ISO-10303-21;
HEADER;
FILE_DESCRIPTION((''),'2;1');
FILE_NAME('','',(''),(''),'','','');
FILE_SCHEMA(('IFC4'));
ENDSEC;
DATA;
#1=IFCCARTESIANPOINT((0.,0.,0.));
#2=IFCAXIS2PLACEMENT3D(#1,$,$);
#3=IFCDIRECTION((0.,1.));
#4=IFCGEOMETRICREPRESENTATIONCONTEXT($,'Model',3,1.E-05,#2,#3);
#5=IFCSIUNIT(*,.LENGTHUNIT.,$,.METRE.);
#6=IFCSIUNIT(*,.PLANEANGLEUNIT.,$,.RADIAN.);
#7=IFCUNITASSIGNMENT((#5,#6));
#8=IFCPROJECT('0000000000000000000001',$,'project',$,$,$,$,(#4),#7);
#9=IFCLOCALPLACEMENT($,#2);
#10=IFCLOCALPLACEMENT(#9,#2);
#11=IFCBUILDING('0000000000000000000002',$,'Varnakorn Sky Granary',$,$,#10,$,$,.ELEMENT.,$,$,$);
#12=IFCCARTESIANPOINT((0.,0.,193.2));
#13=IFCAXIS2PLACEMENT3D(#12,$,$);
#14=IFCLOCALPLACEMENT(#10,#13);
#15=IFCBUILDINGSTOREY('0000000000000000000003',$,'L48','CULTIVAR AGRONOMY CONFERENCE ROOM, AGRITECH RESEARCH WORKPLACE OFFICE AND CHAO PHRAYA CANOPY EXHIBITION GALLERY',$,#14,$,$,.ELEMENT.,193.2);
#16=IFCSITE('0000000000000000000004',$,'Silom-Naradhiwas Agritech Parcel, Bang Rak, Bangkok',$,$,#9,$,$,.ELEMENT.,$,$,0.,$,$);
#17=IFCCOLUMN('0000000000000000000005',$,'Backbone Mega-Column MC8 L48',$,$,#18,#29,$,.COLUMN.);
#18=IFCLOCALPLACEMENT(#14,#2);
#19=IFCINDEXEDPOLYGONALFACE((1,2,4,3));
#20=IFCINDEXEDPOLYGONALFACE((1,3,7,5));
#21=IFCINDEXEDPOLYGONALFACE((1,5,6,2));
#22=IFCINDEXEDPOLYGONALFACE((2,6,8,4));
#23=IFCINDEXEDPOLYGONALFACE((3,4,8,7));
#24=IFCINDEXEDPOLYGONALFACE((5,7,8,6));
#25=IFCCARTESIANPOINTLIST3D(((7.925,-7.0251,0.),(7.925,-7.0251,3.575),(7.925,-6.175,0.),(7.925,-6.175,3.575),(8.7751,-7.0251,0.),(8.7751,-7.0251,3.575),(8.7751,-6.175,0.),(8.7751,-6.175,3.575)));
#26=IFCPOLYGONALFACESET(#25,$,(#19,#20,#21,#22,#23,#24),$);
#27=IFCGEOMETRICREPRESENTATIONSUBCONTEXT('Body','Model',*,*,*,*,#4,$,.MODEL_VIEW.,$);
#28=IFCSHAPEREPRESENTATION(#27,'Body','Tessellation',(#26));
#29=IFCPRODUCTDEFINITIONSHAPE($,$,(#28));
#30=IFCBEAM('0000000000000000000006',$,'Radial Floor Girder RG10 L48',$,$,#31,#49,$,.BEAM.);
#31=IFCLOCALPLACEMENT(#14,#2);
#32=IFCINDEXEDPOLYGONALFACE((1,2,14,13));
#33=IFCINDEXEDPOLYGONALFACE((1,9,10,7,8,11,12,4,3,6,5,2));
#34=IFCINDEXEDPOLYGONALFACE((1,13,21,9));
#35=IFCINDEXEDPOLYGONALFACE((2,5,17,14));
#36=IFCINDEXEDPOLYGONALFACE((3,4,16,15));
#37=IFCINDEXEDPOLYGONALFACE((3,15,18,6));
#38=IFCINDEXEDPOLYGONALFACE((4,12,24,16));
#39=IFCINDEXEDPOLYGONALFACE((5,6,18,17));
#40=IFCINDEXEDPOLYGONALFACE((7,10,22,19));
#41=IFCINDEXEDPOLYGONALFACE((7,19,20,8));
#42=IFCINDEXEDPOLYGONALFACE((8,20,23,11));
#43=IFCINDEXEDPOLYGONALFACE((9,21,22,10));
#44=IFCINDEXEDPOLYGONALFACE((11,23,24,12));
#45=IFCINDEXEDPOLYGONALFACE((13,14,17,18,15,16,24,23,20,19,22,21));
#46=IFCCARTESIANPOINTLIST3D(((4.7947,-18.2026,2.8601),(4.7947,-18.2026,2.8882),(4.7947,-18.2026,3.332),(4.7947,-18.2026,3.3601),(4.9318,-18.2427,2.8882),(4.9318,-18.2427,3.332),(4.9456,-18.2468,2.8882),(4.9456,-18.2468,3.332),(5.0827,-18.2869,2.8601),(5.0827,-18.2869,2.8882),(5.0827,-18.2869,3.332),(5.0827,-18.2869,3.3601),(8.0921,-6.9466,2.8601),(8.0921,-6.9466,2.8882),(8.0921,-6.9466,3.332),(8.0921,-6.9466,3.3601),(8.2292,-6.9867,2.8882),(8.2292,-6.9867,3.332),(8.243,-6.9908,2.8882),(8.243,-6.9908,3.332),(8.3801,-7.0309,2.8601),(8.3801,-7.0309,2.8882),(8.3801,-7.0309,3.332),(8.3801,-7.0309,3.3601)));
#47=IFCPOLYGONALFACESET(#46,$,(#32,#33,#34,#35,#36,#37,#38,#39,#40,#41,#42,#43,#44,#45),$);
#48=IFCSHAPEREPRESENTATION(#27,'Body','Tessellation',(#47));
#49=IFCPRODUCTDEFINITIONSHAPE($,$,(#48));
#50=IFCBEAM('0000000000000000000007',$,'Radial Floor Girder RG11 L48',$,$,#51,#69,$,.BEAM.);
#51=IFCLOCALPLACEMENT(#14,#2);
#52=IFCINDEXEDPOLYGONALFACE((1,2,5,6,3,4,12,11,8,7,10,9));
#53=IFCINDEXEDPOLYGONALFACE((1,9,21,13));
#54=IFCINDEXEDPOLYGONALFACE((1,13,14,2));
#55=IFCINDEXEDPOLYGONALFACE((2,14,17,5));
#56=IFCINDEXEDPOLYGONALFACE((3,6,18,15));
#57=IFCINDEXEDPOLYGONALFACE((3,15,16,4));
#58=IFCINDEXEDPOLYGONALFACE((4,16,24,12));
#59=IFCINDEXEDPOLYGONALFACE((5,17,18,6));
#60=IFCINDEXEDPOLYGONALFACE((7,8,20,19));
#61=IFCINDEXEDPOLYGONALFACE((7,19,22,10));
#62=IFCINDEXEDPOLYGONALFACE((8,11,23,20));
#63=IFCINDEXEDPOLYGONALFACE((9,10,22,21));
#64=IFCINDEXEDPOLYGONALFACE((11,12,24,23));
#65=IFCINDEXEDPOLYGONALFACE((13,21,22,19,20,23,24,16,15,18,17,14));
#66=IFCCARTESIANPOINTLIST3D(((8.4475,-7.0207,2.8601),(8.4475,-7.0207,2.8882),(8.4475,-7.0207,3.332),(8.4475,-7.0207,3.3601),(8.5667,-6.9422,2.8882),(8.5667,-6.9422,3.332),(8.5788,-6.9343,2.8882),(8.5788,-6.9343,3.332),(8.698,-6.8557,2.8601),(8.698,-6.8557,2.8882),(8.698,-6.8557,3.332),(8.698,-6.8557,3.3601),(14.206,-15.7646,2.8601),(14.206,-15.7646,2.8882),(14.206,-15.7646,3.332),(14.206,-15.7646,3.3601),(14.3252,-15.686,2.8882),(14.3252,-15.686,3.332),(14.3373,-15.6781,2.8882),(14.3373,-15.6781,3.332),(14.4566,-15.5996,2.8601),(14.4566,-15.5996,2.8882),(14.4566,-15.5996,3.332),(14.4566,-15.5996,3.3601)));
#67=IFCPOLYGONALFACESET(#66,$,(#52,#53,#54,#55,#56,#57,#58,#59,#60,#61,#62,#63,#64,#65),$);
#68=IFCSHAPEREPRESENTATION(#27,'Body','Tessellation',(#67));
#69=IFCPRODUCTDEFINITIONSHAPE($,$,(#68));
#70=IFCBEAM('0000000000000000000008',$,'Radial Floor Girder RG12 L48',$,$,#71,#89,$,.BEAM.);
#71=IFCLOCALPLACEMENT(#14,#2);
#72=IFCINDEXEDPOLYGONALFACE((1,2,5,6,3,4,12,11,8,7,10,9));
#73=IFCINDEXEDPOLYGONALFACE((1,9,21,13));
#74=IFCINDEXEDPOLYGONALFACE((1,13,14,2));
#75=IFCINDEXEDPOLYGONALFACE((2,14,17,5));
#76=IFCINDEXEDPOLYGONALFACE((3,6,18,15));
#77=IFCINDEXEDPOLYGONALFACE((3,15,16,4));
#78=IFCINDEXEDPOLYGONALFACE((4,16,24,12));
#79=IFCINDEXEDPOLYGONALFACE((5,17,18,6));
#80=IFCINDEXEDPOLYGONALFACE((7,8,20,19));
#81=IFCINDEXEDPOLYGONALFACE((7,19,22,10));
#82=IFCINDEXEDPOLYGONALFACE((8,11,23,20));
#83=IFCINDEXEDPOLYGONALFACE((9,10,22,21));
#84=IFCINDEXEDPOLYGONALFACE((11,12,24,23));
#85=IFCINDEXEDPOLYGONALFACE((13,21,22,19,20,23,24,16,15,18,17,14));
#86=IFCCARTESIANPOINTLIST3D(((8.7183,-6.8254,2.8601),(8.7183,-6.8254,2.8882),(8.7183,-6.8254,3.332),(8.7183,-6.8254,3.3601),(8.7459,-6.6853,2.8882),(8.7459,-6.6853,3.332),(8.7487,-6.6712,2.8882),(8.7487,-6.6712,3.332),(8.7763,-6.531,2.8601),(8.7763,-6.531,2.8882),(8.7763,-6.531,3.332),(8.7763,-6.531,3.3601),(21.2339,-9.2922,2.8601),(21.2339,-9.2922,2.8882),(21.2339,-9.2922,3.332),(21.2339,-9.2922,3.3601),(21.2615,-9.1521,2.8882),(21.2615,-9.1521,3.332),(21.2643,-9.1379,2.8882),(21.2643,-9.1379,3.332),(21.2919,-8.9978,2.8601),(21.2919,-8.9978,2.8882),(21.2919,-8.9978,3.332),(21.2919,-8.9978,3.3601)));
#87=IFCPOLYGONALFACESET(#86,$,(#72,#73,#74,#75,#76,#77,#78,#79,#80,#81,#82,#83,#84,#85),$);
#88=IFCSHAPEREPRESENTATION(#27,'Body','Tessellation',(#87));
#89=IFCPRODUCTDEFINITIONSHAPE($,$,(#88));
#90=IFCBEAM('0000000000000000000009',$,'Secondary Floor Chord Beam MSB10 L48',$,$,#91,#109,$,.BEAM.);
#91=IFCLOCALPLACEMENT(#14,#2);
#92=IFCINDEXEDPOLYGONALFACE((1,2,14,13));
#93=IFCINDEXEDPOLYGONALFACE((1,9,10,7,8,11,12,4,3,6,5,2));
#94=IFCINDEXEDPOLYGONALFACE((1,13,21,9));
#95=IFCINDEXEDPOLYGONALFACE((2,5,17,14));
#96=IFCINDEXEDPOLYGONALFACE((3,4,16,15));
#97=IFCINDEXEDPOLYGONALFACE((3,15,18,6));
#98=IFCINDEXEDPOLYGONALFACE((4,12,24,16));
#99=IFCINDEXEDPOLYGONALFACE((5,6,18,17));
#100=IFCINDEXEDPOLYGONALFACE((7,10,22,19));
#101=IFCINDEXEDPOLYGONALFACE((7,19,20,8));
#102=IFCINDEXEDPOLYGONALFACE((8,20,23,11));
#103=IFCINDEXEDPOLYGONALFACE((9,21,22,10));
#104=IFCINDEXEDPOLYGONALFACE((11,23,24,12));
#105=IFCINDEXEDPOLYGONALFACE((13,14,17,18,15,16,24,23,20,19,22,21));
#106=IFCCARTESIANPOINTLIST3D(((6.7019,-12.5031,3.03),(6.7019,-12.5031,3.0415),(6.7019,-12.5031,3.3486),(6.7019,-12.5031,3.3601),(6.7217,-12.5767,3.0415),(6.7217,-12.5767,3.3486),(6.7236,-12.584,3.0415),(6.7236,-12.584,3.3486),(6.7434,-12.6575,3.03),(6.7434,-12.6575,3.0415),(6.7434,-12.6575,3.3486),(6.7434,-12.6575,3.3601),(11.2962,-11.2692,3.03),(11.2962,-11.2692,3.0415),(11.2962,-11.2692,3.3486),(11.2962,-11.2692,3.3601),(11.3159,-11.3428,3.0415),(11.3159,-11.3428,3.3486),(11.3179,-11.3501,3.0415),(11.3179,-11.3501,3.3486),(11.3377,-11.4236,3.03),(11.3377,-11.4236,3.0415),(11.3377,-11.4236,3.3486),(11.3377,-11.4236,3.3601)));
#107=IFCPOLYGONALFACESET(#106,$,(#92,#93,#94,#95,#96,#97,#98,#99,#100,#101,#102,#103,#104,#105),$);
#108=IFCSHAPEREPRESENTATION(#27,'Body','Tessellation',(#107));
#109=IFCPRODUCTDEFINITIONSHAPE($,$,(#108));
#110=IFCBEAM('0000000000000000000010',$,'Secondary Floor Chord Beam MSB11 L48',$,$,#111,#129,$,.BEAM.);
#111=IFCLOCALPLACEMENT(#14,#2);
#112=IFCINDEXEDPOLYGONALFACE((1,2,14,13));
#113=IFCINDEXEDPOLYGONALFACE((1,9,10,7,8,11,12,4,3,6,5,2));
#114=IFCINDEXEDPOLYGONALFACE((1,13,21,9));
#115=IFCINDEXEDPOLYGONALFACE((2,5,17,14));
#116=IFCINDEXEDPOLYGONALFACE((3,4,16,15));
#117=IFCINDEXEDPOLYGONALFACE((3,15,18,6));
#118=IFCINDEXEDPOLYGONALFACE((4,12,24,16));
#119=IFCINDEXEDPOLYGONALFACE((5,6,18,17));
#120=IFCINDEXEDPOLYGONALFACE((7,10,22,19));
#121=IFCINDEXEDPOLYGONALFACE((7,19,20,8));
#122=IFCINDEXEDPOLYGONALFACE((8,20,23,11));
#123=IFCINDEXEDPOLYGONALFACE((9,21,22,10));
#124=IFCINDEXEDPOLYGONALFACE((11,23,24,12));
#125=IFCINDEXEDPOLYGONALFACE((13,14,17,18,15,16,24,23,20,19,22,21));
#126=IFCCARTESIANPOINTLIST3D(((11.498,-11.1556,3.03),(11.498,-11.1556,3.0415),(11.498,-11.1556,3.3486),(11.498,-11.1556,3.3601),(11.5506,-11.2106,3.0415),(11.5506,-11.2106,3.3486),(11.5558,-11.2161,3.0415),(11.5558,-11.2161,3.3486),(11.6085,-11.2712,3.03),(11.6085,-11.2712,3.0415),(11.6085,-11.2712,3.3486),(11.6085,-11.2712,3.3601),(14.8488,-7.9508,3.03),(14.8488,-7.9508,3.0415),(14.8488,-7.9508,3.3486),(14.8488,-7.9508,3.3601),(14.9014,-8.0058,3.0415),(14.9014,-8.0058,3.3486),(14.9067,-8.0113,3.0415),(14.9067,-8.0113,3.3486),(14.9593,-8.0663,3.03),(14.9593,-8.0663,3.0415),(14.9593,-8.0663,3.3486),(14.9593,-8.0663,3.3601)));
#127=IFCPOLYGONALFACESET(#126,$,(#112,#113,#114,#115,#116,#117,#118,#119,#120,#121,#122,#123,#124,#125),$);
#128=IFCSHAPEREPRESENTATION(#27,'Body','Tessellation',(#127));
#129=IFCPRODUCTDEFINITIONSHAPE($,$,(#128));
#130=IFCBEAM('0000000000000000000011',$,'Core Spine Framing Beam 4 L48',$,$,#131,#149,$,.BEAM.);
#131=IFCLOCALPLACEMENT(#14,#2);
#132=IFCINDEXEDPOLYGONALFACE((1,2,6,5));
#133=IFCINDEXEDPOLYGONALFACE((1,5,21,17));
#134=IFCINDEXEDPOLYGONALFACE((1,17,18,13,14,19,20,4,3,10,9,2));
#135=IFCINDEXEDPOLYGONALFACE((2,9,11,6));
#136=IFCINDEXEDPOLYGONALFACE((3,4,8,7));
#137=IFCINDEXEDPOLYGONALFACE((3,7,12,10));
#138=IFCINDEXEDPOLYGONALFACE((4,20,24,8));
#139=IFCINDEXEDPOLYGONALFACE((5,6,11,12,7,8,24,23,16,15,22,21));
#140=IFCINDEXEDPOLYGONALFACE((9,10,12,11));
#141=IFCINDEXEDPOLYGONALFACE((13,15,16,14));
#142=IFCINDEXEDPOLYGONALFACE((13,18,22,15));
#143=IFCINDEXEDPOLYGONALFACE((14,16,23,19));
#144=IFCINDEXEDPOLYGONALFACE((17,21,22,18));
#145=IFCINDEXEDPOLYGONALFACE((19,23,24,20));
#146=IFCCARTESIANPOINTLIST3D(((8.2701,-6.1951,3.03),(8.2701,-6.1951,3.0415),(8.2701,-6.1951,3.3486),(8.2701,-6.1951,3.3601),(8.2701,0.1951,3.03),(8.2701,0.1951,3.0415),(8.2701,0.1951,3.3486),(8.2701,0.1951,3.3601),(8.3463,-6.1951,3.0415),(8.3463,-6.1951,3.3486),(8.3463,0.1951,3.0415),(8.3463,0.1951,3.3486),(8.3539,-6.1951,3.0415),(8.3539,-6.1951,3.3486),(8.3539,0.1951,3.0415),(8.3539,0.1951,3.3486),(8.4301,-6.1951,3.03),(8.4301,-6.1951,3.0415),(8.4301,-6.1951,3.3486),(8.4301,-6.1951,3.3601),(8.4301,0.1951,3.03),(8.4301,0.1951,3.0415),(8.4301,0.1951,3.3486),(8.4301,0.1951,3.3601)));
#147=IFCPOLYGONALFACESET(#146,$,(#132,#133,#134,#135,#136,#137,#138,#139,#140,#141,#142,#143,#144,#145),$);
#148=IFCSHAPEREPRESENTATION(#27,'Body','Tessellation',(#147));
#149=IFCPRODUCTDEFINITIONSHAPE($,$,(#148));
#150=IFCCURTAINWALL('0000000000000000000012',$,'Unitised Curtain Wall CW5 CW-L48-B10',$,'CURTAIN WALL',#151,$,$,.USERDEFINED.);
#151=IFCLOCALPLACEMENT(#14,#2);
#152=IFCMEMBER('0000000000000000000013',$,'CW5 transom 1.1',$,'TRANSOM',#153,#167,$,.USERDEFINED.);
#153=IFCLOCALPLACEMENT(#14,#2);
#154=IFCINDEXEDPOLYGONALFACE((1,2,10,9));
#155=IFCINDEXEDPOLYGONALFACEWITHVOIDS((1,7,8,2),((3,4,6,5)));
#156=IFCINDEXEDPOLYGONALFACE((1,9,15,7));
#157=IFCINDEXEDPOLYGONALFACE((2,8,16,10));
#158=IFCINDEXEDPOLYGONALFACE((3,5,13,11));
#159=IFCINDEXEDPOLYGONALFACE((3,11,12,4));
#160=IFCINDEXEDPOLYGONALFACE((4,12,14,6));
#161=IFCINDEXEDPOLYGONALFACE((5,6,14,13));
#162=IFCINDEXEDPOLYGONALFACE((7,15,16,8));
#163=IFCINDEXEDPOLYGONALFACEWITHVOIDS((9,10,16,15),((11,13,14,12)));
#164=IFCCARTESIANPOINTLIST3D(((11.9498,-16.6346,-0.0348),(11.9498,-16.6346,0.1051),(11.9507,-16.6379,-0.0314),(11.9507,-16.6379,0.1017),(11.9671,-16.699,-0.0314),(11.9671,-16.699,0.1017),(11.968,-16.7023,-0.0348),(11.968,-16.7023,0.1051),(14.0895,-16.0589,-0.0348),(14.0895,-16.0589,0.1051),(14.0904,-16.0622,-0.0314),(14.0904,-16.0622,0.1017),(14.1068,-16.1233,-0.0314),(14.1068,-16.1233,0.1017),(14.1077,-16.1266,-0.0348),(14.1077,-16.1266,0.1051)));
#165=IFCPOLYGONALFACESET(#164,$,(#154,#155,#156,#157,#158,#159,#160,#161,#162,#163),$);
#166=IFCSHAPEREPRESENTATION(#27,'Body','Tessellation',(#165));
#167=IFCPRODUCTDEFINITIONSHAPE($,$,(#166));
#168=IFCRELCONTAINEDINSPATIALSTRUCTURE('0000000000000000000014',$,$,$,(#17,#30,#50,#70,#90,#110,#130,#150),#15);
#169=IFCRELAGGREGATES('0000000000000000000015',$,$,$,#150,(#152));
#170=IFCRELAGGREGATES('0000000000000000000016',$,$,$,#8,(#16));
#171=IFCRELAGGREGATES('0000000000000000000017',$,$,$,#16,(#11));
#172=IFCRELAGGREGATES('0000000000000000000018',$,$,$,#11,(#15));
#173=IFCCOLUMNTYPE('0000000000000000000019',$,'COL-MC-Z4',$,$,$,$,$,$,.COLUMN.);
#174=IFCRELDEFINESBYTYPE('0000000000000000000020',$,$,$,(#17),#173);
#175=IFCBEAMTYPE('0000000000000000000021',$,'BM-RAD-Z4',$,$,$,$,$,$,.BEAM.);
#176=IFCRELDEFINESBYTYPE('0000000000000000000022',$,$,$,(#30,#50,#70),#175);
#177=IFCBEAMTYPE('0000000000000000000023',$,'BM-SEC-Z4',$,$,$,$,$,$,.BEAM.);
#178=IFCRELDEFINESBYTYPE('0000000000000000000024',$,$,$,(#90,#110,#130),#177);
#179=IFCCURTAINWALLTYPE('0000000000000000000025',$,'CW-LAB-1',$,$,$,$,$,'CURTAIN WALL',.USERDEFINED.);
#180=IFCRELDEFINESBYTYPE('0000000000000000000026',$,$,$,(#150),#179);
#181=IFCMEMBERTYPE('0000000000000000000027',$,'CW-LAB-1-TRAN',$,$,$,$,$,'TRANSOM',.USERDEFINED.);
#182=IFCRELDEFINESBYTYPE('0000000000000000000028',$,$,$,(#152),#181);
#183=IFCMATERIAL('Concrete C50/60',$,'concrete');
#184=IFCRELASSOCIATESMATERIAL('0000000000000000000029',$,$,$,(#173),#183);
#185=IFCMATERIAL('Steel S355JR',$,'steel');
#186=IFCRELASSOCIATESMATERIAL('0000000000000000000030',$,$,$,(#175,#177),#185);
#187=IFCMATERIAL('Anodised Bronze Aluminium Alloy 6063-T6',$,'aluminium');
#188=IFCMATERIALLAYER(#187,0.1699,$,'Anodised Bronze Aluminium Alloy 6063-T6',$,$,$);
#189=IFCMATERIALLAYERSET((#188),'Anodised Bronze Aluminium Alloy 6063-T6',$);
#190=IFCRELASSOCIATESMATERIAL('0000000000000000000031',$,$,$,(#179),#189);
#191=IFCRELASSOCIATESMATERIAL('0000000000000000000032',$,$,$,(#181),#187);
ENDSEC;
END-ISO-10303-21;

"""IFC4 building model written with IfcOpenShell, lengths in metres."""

from ifc_helpers import new_model, si_unit, direction, frame, origin, origin_2d, place, context, subcontext, project, spatial, rectangle, hollow_rectangle, i_section, extrude, material, layer, layer_set, material_profile, profile_set, type_object, element, aggregate, save


model = new_model("IFC4")

# Units and contexts
model_context = context("Model", 3, precision=1e-05, world=origin(), true_north=direction((0.0, 1.0)))
body_context = subcontext(model_context, "Body", "Model", "MODEL_VIEW")
ifc_project = project(units=[si_unit("LENGTHUNIT", "METRE"), si_unit("PLANEANGLEUNIT", "RADIAN")], contexts=[model_context])

# Site, building, storey
site_placement = place(None, origin())
site = spatial("IfcSite", under=ifc_project, at=site_placement, Name="Silom-Naradhiwas Agritech Parcel, Bang Rak, Bangkok", CompositionType="ELEMENT", RefElevation=0.0)
building_placement = place(site_placement, origin())
building = spatial("IfcBuilding", under=site, at=building_placement, Name="Varnakorn Sky Granary", CompositionType="ELEMENT")
storey_placement = place(building_placement, frame((0.0, 0.0, 193.2)))
storey = spatial("IfcBuildingStorey", under=building, at=storey_placement, Name="L48", Description="CULTIVAR AGRONOMY CONFERENCE ROOM, AGRITECH RESEARCH WORKPLACE OFFICE AND CHAO PHRAYA CANOPY EXHIBITION GALLERY", CompositionType="ELEMENT", Elevation=193.2)

# Column
ifc_material_1 = material(Name="Concrete C50/60", Category="concrete")
ifc_material_profile_1 = material_profile(ifc_material_1, rectangle(XDim=0.8501, YDim=0.8501, at=origin_2d()), Name="RC 850x850")
ifc_profile_set_1 = profile_set([ifc_material_profile_1], Name="Concrete C50/60")
column_type = type_object("IfcColumnType", Name="COL-MC-Z4", PredefinedType="COLUMN", material=ifc_profile_set_1)
column_placement = place(storey_placement, frame((8.3501, -6.6001, 0.0), z_axis=(0.0, 0.0, 1.0), x_axis=(1.0, 0.0, 0.0)))
element("IfcColumn", 1, at=column_placement, inside=storey, type_object=column_type, Name="Backbone Mega-Column MC8 L48", PredefinedType="COLUMN", context=body_context, shape_type="SweptSolid", body=[
    extrude(rectangle(XDim=0.8501, YDim=0.8501, at=origin_2d()), origin(), (0.0, 0.0, 1.0), 3.575),
])

# Beams
ifc_material_2 = material(Name="Steel S355JR", Category="steel")
ifc_material_profile_2 = material_profile(ifc_material_2, i_section(OverallWidth=0.3, OverallDepth=0.5, WebThickness=0.0144, FlangeThickness=0.0281, at=origin_2d()), Name="HE 500 B")
ifc_profile_set_2 = profile_set([ifc_material_profile_2], Name="Steel S355JR")
beam_type_1 = type_object("IfcBeamType", Name="BM-RAD-Z4", PredefinedType="BEAM", material=ifc_profile_set_2)
beam_1_placement = place(storey_placement, frame((8.2361, -6.9888, 3.1101), z_axis=(-0.281132, -0.959669, 0.0), x_axis=(0.959669, -0.281132, 0.0)))
element("IfcBeam", 2, at=beam_1_placement, inside=storey, type_object=beam_type_1, Name="Radial Floor Girder RG10 L48", PredefinedType="BEAM", context=body_context, shape_type="SweptSolid", body=[
    extrude(i_section(OverallWidth=0.3, OverallDepth=0.5, WebThickness=0.0144, FlangeThickness=0.0281, at=origin_2d()), origin(), (0.0, 0.0, 1.0), 11.729),
])
beam_2_placement = place(storey_placement, frame((8.5728, -6.9382, 3.1101), z_axis=(0.550015, -0.835155, 0.0), x_axis=(0.835155, 0.550015, 0.0)))
element("IfcBeam", 3, at=beam_2_placement, inside=storey, type_object=beam_type_1, Name="Radial Floor Girder RG11 L48", PredefinedType="BEAM", context=body_context, shape_type="SweptSolid", body=[
    extrude(i_section(OverallWidth=0.3, OverallDepth=0.5, WebThickness=0.0144, FlangeThickness=0.0281, at=origin_2d()), origin(), (0.0, 0.0, 1.0), 10.4697),
])
beam_3_placement = place(storey_placement, frame((8.7473, -6.6782, 3.1101), z_axis=(0.981125, -0.193377, 0.0), x_axis=(0.193377, 0.981125, 0.0)))
element("IfcBeam", 4, at=beam_3_placement, inside=storey, type_object=beam_type_1, Name="Radial Floor Girder RG12 L48", PredefinedType="BEAM", context=body_context, shape_type="SweptSolid", body=[
    extrude(i_section(OverallWidth=0.3, OverallDepth=0.5, WebThickness=0.0144, FlangeThickness=0.0281, at=origin_2d()), origin(), (0.0, 0.0, 1.0), 12.7563),
])
ifc_material_profile_3 = material_profile(ifc_material_2, i_section(OverallWidth=0.1599, OverallDepth=0.3301, WebThickness=0.0076, FlangeThickness=0.0115, at=origin_2d()), Name="IPE 330")
ifc_profile_set_3 = profile_set([ifc_material_profile_3], Name="Steel S355JR")
beam_type_2 = type_object("IfcBeamType", Name="BM-SEC-Z4", PredefinedType="BEAM", material=ifc_profile_set_3)
beam_4_placement = place(storey_placement, frame((6.7227, -12.5803, 3.1951), z_axis=(0.965775, 0.259381, 0.0), x_axis=(-0.259381, 0.965775, 0.0)))
element("IfcBeam", 5, at=beam_4_placement, inside=storey, type_object=beam_type_2, Name="Secondary Floor Chord Beam MSB10 L48", PredefinedType="BEAM", context=body_context, shape_type="SweptSolid", body=[
    extrude(i_section(OverallWidth=0.1599, OverallDepth=0.3301, WebThickness=0.0076, FlangeThickness=0.0115, at=origin_2d()), origin(), (0.0, 0.0, 1.0), 4.7571),
])
beam_5_placement = place(storey_placement, frame((11.5532, -11.2134, 3.1951), z_axis=(0.722675, 0.691188, 0.0), x_axis=(-0.691188, 0.722675, 0.0)))
element("IfcBeam", 6, at=beam_5_placement, inside=storey, type_object=beam_type_2, Name="Secondary Floor Chord Beam MSB11 L48", PredefinedType="BEAM", context=body_context, shape_type="SweptSolid", body=[
    extrude(i_section(OverallWidth=0.1599, OverallDepth=0.3301, WebThickness=0.0076, FlangeThickness=0.0115, at=origin_2d()), origin(), (0.0, 0.0, 1.0), 4.6367),
])
beam_6_placement = place(storey_placement, frame((8.3501, 0.1951, 3.1951), z_axis=(0.0, -1.0, 0.0), x_axis=(1.0, 0.0, 0.0)))
element("IfcBeam", 7, at=beam_6_placement, inside=storey, type_object=beam_type_2, Name="Core Spine Framing Beam 4 L48", PredefinedType="BEAM", context=body_context, shape_type="SweptSolid", body=[
    extrude(i_section(OverallWidth=0.1599, OverallDepth=0.3301, WebThickness=0.0076, FlangeThickness=0.0115, at=origin_2d()), origin(), (0.0, 0.0, 1.0), 6.3901),
])

# Curtain wall, member
ifc_material_3 = material(Name="Anodised Bronze Aluminium Alloy 6063-T6", Category="aluminium")
ifc_layer_1 = layer(ifc_material_3, 0.1699, Name="Anodised Bronze Aluminium Alloy 6063-T6")
ifc_layer_set_1 = layer_set([ifc_layer_1], Name="Anodised Bronze Aluminium Alloy 6063-T6")
curtain_wall_type = type_object("IfcCurtainWallType", Name="CW-LAB-1", ElementType="CURTAIN WALL", PredefinedType="USERDEFINED", material=ifc_layer_set_1)
curtain_wall_placement = place(storey_placement, origin())
curtain_wall = element("IfcCurtainWall", 8, at=curtain_wall_placement, inside=storey, type_object=curtain_wall_type, Name="Unitised Curtain Wall CW5 CW-L48-B10", ObjectType="CURTAIN WALL", PredefinedType="USERDEFINED")
ifc_material_profile_4 = material_profile(ifc_material_3, hollow_rectangle(XDim=0.0701, YDim=0.1399, WallThickness=0.0034, at=origin_2d()), Name="ALU TRAN 70x140")
ifc_profile_set_4 = profile_set([ifc_material_profile_4], Name="Anodised Bronze Aluminium Alloy 6063-T6")
member_type = type_object("IfcMemberType", Name="CW-LAB-1-TRAN", ElementType="TRANSOM", PredefinedType="USERDEFINED", material=ifc_profile_set_4)
member_placement = place(storey_placement, frame((14.0986, -16.0928, 0.0352), z_axis=(-0.965658, -0.259815, 0.0), x_axis=(0.259815, -0.965658, 0.0)))
member = element("IfcMember", 9, at=member_placement, type_object=member_type, Name="CW5 transom 1.1", ObjectType="TRANSOM", PredefinedType="USERDEFINED", context=body_context, shape_type="SweptSolid", body=[
    extrude(hollow_rectangle(XDim=0.0701, YDim=0.1399, WallThickness=0.0034, at=origin_2d()), origin(), (0.0, 0.0, 1.0), 2.2158),
])
aggregate(curtain_wall, [member])

save(model, "model.ifc")
